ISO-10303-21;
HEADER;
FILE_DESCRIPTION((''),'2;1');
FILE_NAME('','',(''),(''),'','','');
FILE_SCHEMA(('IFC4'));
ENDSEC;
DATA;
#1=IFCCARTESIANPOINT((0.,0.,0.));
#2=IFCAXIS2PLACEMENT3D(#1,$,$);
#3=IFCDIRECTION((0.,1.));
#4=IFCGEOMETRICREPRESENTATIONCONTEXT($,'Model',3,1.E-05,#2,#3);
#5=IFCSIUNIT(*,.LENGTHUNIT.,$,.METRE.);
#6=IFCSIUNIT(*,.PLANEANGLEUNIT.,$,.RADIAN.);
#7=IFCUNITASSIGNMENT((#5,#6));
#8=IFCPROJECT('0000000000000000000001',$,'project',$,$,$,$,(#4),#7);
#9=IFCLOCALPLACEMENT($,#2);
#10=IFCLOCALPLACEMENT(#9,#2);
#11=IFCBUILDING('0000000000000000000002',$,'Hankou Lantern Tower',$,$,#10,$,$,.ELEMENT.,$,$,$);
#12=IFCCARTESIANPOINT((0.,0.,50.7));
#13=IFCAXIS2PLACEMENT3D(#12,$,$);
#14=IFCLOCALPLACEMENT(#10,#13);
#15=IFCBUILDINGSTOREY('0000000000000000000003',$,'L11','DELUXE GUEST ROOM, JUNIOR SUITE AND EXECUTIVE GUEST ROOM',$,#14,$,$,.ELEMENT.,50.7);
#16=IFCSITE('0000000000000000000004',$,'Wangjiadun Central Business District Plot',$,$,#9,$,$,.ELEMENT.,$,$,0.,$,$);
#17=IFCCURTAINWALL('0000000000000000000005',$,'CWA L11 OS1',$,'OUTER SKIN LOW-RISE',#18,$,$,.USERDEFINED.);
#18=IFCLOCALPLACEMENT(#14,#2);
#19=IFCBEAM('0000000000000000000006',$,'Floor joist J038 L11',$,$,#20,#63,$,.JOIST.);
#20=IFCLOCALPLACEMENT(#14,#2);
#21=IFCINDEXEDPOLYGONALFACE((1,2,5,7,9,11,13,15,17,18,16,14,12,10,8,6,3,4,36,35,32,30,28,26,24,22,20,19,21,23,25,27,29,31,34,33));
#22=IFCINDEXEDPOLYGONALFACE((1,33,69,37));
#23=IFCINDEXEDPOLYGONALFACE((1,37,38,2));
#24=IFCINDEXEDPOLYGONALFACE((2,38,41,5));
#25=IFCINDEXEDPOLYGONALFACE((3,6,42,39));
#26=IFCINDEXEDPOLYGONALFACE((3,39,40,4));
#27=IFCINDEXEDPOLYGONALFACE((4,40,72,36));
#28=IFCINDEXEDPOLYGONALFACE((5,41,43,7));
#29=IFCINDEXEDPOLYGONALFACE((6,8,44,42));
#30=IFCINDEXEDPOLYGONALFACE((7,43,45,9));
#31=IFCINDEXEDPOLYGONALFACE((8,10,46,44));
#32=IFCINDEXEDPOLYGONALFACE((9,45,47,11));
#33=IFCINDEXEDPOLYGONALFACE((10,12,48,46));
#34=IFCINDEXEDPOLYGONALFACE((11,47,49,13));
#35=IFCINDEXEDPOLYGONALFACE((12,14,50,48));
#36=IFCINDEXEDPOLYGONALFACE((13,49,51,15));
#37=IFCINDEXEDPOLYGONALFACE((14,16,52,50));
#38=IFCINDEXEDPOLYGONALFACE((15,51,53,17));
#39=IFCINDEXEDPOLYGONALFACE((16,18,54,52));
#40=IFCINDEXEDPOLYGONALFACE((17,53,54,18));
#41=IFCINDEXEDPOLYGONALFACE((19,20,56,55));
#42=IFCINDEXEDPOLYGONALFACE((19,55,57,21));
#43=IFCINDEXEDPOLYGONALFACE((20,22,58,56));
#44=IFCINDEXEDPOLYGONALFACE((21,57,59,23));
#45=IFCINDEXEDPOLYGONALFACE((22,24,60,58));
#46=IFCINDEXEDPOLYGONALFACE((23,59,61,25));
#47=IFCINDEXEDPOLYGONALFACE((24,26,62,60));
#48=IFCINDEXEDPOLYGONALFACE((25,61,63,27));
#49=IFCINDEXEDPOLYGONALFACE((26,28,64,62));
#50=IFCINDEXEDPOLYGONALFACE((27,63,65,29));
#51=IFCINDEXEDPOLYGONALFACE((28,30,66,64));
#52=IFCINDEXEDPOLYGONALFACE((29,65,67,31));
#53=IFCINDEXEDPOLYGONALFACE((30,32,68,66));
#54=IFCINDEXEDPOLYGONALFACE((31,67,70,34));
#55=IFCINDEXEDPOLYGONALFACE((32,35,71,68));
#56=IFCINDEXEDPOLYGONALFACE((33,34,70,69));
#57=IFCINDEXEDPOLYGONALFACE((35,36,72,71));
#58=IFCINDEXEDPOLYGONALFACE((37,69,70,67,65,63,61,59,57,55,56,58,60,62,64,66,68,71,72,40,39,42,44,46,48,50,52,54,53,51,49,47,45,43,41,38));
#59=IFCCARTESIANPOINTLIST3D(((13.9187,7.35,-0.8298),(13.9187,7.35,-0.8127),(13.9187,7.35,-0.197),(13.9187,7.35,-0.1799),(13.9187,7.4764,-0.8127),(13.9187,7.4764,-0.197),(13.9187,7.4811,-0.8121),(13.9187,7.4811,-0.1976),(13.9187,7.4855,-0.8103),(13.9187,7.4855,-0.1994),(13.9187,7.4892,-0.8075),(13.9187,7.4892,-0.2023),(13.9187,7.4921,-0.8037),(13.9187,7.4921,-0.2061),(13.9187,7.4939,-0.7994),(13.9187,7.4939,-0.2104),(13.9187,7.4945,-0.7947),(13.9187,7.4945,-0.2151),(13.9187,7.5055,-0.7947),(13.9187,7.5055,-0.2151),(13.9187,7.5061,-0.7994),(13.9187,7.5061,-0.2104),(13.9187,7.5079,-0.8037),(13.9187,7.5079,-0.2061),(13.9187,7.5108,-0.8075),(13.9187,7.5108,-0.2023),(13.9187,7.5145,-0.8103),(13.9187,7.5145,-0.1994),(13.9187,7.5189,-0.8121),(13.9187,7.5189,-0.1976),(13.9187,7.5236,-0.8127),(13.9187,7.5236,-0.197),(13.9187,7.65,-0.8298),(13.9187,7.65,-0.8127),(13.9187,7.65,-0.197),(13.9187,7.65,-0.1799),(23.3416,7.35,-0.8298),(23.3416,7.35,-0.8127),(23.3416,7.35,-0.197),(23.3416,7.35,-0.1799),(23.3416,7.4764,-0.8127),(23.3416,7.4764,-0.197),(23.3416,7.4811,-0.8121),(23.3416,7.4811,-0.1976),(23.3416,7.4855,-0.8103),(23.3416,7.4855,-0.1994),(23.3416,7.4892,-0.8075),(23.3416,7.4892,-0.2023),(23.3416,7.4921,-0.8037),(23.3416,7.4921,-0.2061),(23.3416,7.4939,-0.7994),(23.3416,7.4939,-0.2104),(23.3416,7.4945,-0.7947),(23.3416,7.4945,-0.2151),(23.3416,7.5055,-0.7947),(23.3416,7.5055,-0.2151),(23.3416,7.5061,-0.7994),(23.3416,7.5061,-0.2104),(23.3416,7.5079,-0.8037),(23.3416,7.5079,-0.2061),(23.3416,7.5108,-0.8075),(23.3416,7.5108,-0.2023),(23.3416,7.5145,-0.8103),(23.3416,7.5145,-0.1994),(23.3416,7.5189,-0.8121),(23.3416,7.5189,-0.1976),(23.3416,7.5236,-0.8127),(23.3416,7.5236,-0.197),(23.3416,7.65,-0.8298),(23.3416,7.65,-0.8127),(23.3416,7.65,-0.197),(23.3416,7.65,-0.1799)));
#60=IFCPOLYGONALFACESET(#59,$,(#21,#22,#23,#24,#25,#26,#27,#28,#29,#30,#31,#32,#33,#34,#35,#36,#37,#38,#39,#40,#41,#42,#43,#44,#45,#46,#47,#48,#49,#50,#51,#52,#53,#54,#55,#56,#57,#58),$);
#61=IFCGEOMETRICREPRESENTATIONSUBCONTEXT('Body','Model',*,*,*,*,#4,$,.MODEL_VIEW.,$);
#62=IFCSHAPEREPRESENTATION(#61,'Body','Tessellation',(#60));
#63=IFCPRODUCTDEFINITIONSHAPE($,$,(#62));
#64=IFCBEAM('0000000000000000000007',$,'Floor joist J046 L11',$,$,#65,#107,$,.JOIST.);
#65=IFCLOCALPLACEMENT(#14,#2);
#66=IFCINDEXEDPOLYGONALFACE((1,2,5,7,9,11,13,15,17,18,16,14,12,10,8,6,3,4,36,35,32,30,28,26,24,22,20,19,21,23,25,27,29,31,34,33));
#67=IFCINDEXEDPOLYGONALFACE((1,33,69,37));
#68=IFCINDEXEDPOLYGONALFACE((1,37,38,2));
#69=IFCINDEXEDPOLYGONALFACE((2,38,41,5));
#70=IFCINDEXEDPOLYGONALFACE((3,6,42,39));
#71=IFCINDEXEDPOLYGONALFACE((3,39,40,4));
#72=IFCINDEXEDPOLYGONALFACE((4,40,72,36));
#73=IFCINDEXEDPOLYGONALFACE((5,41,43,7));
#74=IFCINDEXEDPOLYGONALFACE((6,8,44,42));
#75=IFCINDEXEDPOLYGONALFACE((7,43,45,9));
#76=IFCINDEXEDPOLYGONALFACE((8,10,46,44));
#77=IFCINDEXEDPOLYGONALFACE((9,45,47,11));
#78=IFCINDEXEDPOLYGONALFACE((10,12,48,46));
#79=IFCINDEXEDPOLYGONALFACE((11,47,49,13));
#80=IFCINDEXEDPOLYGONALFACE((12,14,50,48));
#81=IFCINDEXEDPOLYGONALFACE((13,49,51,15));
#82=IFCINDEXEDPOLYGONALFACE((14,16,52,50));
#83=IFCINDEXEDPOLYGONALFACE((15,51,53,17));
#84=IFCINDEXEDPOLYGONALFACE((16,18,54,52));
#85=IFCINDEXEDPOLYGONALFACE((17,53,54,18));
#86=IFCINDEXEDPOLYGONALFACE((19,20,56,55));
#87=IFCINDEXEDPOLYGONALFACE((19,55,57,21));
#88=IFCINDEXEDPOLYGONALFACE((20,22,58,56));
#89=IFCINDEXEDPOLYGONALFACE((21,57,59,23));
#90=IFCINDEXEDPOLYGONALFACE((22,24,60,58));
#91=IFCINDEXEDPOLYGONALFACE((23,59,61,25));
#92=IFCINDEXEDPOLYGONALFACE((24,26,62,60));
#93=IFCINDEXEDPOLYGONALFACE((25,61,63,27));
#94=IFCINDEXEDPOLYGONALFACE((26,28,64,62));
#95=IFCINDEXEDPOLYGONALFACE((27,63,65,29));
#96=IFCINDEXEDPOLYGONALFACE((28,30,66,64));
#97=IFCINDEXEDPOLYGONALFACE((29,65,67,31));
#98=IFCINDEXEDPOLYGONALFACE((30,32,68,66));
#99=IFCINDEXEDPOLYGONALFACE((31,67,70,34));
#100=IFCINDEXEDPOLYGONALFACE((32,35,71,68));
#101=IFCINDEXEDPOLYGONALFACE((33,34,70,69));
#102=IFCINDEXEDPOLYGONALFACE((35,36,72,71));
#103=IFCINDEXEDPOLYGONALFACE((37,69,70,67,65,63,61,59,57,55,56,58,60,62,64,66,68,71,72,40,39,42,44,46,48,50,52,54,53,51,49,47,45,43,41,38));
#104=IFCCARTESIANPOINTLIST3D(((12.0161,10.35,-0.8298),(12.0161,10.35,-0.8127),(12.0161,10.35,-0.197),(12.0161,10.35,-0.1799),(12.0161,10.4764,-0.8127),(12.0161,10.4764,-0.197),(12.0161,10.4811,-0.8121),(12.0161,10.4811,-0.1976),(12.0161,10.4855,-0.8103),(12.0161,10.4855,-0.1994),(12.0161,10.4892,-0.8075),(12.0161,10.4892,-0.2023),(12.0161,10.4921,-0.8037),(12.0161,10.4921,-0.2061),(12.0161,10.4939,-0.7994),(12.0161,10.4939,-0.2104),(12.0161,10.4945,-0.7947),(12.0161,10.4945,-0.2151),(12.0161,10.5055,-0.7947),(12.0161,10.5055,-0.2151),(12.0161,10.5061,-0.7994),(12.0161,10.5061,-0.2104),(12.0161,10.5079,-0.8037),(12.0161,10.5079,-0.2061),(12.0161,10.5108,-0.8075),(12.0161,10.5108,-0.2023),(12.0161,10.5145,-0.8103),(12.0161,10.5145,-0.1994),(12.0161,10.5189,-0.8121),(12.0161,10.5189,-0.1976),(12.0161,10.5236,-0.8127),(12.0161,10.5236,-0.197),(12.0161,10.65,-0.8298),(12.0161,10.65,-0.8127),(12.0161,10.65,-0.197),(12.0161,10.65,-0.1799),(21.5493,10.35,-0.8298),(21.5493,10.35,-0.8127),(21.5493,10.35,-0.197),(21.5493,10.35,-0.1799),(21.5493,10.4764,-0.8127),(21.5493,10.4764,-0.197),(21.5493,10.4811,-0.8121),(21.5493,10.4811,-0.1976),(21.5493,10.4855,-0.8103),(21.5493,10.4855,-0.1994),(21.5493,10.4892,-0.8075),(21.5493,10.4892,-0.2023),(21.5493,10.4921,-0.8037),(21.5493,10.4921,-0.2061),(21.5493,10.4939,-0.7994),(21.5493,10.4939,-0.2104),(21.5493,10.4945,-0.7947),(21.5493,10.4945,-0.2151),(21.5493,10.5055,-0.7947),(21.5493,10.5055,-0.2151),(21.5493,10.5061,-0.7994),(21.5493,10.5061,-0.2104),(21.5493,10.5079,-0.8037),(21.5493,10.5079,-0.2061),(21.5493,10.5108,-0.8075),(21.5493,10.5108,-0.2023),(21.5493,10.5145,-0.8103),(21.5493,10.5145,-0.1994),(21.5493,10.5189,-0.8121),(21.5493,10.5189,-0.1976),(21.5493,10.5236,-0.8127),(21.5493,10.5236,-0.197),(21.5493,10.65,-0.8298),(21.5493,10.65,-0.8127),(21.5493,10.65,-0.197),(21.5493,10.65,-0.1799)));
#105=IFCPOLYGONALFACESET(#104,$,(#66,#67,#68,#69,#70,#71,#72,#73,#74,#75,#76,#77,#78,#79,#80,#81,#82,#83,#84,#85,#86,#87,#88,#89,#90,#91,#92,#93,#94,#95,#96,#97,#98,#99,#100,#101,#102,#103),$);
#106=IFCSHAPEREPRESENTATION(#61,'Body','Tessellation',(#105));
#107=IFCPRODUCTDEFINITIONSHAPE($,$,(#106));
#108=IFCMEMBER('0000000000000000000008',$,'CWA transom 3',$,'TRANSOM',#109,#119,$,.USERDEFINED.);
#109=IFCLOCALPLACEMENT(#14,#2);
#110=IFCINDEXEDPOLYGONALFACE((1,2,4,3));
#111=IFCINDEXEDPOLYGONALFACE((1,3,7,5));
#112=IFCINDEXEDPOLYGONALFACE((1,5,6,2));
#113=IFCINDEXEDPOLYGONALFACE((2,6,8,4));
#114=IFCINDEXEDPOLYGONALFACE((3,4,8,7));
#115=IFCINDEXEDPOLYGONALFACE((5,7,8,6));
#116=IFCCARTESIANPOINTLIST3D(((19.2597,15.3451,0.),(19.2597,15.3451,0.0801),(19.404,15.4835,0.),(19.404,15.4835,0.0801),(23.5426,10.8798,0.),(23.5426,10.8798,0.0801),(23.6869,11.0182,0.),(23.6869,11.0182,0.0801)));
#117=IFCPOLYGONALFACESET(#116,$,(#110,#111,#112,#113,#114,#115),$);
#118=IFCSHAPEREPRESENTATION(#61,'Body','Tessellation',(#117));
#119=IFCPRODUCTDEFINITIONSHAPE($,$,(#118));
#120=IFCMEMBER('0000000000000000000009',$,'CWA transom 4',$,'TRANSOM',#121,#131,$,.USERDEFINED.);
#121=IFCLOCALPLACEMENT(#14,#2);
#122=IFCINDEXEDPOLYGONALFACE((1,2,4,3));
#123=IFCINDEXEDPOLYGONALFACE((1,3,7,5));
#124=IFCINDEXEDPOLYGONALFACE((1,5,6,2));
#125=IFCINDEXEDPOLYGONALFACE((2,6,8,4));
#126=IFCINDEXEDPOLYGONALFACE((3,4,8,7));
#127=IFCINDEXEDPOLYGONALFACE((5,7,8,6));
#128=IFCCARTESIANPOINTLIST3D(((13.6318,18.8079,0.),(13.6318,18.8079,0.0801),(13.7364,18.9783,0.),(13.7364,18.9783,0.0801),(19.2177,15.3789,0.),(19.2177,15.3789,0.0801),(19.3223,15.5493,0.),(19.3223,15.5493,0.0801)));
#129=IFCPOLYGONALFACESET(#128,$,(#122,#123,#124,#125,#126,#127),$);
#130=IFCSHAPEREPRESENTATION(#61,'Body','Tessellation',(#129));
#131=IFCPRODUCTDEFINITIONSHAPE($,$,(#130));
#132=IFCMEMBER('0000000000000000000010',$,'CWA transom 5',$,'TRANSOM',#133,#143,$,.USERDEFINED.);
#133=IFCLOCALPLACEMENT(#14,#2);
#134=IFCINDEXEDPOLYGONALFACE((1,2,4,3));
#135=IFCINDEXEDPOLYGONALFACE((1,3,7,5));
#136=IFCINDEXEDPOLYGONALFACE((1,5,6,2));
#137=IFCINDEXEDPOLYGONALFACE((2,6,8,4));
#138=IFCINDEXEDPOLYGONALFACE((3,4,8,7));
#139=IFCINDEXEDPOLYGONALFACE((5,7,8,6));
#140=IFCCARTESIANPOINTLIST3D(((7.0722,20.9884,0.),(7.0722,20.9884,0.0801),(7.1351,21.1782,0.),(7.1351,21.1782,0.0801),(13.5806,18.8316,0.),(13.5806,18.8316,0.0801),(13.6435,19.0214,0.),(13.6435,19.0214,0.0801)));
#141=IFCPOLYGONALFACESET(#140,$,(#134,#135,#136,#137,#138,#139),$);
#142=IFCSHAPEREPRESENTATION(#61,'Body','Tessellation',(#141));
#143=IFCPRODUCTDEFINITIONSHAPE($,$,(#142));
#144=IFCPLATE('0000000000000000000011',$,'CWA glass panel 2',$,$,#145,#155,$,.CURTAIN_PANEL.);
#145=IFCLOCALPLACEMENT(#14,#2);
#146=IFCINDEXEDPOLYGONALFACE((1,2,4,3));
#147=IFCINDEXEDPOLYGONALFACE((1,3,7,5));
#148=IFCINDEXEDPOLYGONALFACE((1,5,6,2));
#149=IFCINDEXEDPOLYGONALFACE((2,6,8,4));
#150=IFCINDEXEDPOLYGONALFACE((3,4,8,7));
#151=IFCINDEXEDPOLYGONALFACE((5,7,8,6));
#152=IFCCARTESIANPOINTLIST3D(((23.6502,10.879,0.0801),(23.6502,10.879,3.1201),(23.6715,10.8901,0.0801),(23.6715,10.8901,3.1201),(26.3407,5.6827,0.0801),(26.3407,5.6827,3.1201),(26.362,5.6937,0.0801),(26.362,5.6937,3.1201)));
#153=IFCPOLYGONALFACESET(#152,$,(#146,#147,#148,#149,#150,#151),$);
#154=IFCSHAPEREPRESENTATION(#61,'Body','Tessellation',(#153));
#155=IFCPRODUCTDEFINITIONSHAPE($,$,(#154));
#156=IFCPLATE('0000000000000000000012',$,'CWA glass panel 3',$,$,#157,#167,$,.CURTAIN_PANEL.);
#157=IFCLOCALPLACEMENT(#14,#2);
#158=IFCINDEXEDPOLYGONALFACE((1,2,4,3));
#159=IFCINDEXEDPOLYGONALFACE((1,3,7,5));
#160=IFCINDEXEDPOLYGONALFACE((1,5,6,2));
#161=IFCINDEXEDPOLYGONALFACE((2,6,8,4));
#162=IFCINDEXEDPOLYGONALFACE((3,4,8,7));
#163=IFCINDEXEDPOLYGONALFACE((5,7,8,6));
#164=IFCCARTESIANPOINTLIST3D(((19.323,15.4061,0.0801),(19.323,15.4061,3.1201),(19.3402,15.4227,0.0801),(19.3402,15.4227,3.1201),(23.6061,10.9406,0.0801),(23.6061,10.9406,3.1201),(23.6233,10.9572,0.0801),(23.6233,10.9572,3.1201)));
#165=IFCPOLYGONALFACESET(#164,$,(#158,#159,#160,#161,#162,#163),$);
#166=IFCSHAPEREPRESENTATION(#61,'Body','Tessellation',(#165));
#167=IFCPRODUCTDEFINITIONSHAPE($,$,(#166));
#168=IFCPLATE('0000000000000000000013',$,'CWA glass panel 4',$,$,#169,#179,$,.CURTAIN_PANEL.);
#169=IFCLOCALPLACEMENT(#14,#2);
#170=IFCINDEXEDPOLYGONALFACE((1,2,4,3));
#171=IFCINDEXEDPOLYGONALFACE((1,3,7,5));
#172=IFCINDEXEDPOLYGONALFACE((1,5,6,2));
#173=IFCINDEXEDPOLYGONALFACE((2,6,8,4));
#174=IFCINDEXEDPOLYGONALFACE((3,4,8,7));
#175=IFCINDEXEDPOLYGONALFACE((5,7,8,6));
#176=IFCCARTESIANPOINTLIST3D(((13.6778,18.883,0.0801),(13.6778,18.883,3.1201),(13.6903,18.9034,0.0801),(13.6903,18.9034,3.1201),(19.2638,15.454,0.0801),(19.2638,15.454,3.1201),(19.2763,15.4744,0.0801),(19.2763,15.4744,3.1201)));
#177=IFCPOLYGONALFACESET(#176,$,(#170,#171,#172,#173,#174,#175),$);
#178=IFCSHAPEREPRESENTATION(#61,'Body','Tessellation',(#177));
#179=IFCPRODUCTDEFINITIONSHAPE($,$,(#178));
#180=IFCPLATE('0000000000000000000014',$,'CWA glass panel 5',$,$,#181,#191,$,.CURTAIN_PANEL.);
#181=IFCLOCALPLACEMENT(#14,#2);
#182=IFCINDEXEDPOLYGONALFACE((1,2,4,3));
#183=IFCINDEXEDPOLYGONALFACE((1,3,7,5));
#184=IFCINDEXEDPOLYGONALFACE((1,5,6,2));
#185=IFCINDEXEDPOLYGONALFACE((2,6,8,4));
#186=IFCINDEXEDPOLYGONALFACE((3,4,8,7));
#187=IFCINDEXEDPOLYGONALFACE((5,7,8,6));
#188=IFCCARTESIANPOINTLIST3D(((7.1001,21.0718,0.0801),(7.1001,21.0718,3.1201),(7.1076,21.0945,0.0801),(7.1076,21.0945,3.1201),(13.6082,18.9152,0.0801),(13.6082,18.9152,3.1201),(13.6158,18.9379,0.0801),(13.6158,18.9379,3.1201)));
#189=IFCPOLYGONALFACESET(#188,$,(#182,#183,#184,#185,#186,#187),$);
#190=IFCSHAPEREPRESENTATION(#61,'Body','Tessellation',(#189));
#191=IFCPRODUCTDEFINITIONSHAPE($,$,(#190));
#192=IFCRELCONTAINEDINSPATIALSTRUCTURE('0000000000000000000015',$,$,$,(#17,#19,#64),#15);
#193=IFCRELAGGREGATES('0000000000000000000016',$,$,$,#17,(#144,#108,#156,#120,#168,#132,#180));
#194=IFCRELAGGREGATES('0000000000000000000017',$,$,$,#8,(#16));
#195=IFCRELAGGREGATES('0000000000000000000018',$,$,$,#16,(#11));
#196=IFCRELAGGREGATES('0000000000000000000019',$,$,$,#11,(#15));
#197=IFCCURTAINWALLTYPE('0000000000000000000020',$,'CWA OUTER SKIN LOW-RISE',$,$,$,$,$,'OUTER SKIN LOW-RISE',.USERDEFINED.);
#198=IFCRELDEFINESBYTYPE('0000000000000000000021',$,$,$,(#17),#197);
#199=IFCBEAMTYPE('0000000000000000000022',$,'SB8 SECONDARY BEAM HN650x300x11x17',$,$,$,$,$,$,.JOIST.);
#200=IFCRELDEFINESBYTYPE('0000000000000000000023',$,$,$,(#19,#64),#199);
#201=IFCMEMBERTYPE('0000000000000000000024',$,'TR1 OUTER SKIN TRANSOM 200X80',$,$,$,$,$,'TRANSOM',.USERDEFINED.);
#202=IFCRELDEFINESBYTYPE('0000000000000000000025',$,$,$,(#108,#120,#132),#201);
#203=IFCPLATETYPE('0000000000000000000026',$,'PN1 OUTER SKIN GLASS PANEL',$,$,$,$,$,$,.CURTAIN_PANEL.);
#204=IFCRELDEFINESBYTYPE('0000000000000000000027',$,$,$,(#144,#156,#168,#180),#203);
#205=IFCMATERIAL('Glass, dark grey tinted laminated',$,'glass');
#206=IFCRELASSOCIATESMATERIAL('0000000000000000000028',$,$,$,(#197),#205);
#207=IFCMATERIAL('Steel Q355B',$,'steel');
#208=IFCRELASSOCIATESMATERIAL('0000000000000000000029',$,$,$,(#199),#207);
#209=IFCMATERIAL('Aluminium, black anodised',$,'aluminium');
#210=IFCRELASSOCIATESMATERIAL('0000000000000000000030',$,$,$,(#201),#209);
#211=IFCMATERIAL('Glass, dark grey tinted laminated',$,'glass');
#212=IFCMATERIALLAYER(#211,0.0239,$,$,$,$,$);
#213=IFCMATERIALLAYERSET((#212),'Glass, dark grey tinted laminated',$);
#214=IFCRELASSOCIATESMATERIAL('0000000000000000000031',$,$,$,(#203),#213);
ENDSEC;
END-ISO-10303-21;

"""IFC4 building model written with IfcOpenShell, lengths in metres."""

from ifc_helpers import new_model, si_unit, direction, frame, origin, origin_2d, place, context, subcontext, project, spatial, rectangle, i_section, extrude, material, layer, layer_set, material_profile, profile_set, type_object, element, aggregate, save


model = new_model("IFC4")

# Units and contexts
model_context = context("Model", 3, precision=1e-05, world=origin(), true_north=direction((0.0, 1.0)))
body_context = subcontext(model_context, "Body", "Model", "MODEL_VIEW")
ifc_project = project(units=[si_unit("LENGTHUNIT", "METRE"), si_unit("PLANEANGLEUNIT", "RADIAN")], contexts=[model_context])

# Site, building, storey
site_placement = place(None, origin())
site = spatial("IfcSite", under=ifc_project, at=site_placement, Name="Wangjiadun Central Business District Plot", CompositionType="ELEMENT", RefElevation=0.0)
building_placement = place(site_placement, origin())
building = spatial("IfcBuilding", under=site, at=building_placement, Name="Hankou Lantern Tower", CompositionType="ELEMENT")
storey_placement = place(building_placement, frame((0.0, 0.0, 50.7)))
storey = spatial("IfcBuildingStorey", under=building, at=storey_placement, Name="L11", Description="DELUXE GUEST ROOM, JUNIOR SUITE AND EXECUTIVE GUEST ROOM", CompositionType="ELEMENT", Elevation=50.7)

# Curtain wall
ifc_material_1 = material(Name="Glass, dark grey tinted laminated", Category="glass")
curtain_wall_type = type_object("IfcCurtainWallType", Name="CWA OUTER SKIN LOW-RISE", ElementType="OUTER SKIN LOW-RISE", PredefinedType="USERDEFINED", material=ifc_material_1)
curtain_wall_placement = place(storey_placement, origin())
curtain_wall = element("IfcCurtainWall", 1, at=curtain_wall_placement, inside=storey, type_object=curtain_wall_type, Name="CWA L11 OS1", ObjectType="OUTER SKIN LOW-RISE", PredefinedType="USERDEFINED")

# Beams
ifc_material_2 = material(Name="Steel Q355B", Category="steel")
ifc_material_profile_1 = material_profile(ifc_material_2, i_section(OverallWidth=0.3, OverallDepth=0.6499, WebThickness=0.011, FlangeThickness=0.0171, FilletRadius=0.0181, at=origin_2d()), Name="HN650x300x11x17")
ifc_profile_set_1 = profile_set([ifc_material_profile_1], Name="Steel Q355B")
beam_type_1 = type_object("IfcBeamType", Name="SB8 SECONDARY BEAM HN650x300x11x17", PredefinedType="JOIST", material=ifc_profile_set_1)
beam_1_placement = place(storey_placement, frame((13.9187, 7.5, -0.5049), z_axis=(1.0, 0.0, 0.0), x_axis=(0.0, 1.0, 0.0)))
element("IfcBeam", 2, at=beam_1_placement, inside=storey, type_object=beam_type_1, Name="Floor joist J038 L11", PredefinedType="JOIST", context=body_context, shape_type="SweptSolid", body=[
    extrude(i_section(OverallWidth=0.3, OverallDepth=0.6499, WebThickness=0.011, FlangeThickness=0.0171, FilletRadius=0.0181, at=origin_2d()), origin(), (0.0, 0.0, 1.0), 9.4229),
])
beam_2_placement = place(storey_placement, frame((12.0161, 10.5, -0.5049), z_axis=(1.0, 0.0, 0.0), x_axis=(0.0, 1.0, 0.0)))
element("IfcBeam", 3, at=beam_2_placement, inside=storey, type_object=beam_type_1, Name="Floor joist J046 L11", PredefinedType="JOIST", context=body_context, shape_type="SweptSolid", body=[
    extrude(i_section(OverallWidth=0.3, OverallDepth=0.6499, WebThickness=0.011, FlangeThickness=0.0171, FilletRadius=0.0181, at=origin_2d()), origin(), (0.0, 0.0, 1.0), 9.5332),
])

# Members
ifc_material_3 = material(Name="Aluminium, black anodised", Category="aluminium")
ifc_material_profile_2 = material_profile(ifc_material_3, rectangle(XDim=0.2, YDim=0.0801, at=origin_2d()), Name="TR1 200X80")
ifc_profile_set_2 = profile_set([ifc_material_profile_2], Name="Aluminium, black anodised")
member_type_1 = type_object("IfcMemberType", Name="TR1 OUTER SKIN TRANSOM 200X80", ElementType="TRANSOM", PredefinedType="USERDEFINED", material=ifc_profile_set_2)
member_1_placement = place(storey_placement, frame((23.6147, 10.949, 0.04), z_axis=(-0.692216, 0.721691, 0.0), x_axis=(-0.721691, -0.692216, 0.0)))
member_1 = element("IfcMember", 4, at=member_1_placement, type_object=member_type_1, Name="CWA transom 3", ObjectType="TRANSOM", PredefinedType="USERDEFINED", context=body_context, shape_type="SweptSolid", body=[
    extrude(rectangle(XDim=0.2, YDim=0.0801, at=origin_2d()), origin(), (0.0, 0.0, 1.0), 6.1873),
])
member_2_placement = place(storey_placement, frame((19.27, 15.4641, 0.04), z_axis=(-0.85224, 0.523152, 0.0), x_axis=(-0.523152, -0.85224, 0.0)))
member_2 = element("IfcMember", 5, at=member_2_placement, type_object=member_type_1, Name="CWA transom 4", ObjectType="TRANSOM", PredefinedType="USERDEFINED", context=body_context, shape_type="SweptSolid", body=[
    extrude(rectangle(XDim=0.2, YDim=0.0801, at=origin_2d()), origin(), (0.0, 0.0, 1.0), 6.5544),
])
member_3_placement = place(storey_placement, frame((13.6121, 18.9265, 0.04), z_axis=(-0.949237, 0.314561, 0.0), x_axis=(-0.314561, -0.949237, 0.0)))
member_3 = element("IfcMember", 6, at=member_3_placement, type_object=member_type_1, Name="CWA transom 5", ObjectType="TRANSOM", PredefinedType="USERDEFINED", context=body_context, shape_type="SweptSolid", body=[
    extrude(rectangle(XDim=0.2, YDim=0.0801, at=origin_2d()), origin(), (0.0, 0.0, 1.0), 6.8564),
])

# Plates
ifc_material_4 = material(Name="Glass, dark grey tinted laminated", Category="glass")
ifc_layer_1 = layer(ifc_material_4, 0.0239)
ifc_layer_set_1 = layer_set([ifc_layer_1], Name="Glass, dark grey tinted laminated")
plate_type = type_object("IfcPlateType", Name="PN1 OUTER SKIN GLASS PANEL", PredefinedType="CURTAIN_PANEL", material=ifc_layer_set_1)
plate_1_placement = place(storey_placement, frame((25.0061, 8.2864, 0.0801), z_axis=(0.0, 0.0, 1.0), x_axis=(-0.459791, 0.888027, 0.0)))
plate_1 = element("IfcPlate", 7, at=plate_1_placement, type_object=plate_type, Name="CWA glass panel 2", PredefinedType="CURTAIN_PANEL", context=body_context, shape_type="SweptSolid", body=[
    extrude(rectangle(XDim=5.8516, YDim=0.0239, at=origin_2d()), origin(), (0.0, 0.0, 1.0), 3.04),
])
plate_2_placement = place(storey_placement, frame((21.4731, 13.1816, 0.0801), z_axis=(0.0, 0.0, 1.0), x_axis=(-0.692216, 0.721691, 0.0)))
plate_2 = element("IfcPlate", 8, at=plate_2_placement, type_object=plate_type, Name="CWA glass panel 3", PredefinedType="CURTAIN_PANEL", context=body_context, shape_type="SweptSolid", body=[
    extrude(rectangle(XDim=6.1875, YDim=0.0239, at=origin_2d()), origin(), (0.0, 0.0, 1.0), 3.04),
])
plate_3_placement = place(storey_placement, frame((16.4771, 17.1787, 0.0801), z_axis=(0.0, 0.0, 1.0), x_axis=(-0.852237, 0.523156, 0.0)))
plate_3 = element("IfcPlate", 9, at=plate_3_placement, type_object=plate_type, Name="CWA glass panel 4", PredefinedType="CURTAIN_PANEL", context=body_context, shape_type="SweptSolid", body=[
    extrude(rectangle(XDim=6.5544, YDim=0.0239, at=origin_2d()), origin(), (0.0, 0.0, 1.0), 3.04),
])
plate_4_placement = place(storey_placement, frame((10.3579, 20.0049, 0.0801), z_axis=(0.0, 0.0, 1.0), x_axis=(-0.949241, 0.314551, 0.0)))
plate_4 = element("IfcPlate", 10, at=plate_4_placement, type_object=plate_type, Name="CWA glass panel 5", PredefinedType="CURTAIN_PANEL", context=body_context, shape_type="SweptSolid", body=[
    extrude(rectangle(XDim=6.8562, YDim=0.0239, at=origin_2d()), origin(), (0.0, 0.0, 1.0), 3.04),
])
aggregate(curtain_wall, [plate_1, member_1, plate_2, member_2, plate_3, member_3, plate_4])

save(model, "model.ifc")
